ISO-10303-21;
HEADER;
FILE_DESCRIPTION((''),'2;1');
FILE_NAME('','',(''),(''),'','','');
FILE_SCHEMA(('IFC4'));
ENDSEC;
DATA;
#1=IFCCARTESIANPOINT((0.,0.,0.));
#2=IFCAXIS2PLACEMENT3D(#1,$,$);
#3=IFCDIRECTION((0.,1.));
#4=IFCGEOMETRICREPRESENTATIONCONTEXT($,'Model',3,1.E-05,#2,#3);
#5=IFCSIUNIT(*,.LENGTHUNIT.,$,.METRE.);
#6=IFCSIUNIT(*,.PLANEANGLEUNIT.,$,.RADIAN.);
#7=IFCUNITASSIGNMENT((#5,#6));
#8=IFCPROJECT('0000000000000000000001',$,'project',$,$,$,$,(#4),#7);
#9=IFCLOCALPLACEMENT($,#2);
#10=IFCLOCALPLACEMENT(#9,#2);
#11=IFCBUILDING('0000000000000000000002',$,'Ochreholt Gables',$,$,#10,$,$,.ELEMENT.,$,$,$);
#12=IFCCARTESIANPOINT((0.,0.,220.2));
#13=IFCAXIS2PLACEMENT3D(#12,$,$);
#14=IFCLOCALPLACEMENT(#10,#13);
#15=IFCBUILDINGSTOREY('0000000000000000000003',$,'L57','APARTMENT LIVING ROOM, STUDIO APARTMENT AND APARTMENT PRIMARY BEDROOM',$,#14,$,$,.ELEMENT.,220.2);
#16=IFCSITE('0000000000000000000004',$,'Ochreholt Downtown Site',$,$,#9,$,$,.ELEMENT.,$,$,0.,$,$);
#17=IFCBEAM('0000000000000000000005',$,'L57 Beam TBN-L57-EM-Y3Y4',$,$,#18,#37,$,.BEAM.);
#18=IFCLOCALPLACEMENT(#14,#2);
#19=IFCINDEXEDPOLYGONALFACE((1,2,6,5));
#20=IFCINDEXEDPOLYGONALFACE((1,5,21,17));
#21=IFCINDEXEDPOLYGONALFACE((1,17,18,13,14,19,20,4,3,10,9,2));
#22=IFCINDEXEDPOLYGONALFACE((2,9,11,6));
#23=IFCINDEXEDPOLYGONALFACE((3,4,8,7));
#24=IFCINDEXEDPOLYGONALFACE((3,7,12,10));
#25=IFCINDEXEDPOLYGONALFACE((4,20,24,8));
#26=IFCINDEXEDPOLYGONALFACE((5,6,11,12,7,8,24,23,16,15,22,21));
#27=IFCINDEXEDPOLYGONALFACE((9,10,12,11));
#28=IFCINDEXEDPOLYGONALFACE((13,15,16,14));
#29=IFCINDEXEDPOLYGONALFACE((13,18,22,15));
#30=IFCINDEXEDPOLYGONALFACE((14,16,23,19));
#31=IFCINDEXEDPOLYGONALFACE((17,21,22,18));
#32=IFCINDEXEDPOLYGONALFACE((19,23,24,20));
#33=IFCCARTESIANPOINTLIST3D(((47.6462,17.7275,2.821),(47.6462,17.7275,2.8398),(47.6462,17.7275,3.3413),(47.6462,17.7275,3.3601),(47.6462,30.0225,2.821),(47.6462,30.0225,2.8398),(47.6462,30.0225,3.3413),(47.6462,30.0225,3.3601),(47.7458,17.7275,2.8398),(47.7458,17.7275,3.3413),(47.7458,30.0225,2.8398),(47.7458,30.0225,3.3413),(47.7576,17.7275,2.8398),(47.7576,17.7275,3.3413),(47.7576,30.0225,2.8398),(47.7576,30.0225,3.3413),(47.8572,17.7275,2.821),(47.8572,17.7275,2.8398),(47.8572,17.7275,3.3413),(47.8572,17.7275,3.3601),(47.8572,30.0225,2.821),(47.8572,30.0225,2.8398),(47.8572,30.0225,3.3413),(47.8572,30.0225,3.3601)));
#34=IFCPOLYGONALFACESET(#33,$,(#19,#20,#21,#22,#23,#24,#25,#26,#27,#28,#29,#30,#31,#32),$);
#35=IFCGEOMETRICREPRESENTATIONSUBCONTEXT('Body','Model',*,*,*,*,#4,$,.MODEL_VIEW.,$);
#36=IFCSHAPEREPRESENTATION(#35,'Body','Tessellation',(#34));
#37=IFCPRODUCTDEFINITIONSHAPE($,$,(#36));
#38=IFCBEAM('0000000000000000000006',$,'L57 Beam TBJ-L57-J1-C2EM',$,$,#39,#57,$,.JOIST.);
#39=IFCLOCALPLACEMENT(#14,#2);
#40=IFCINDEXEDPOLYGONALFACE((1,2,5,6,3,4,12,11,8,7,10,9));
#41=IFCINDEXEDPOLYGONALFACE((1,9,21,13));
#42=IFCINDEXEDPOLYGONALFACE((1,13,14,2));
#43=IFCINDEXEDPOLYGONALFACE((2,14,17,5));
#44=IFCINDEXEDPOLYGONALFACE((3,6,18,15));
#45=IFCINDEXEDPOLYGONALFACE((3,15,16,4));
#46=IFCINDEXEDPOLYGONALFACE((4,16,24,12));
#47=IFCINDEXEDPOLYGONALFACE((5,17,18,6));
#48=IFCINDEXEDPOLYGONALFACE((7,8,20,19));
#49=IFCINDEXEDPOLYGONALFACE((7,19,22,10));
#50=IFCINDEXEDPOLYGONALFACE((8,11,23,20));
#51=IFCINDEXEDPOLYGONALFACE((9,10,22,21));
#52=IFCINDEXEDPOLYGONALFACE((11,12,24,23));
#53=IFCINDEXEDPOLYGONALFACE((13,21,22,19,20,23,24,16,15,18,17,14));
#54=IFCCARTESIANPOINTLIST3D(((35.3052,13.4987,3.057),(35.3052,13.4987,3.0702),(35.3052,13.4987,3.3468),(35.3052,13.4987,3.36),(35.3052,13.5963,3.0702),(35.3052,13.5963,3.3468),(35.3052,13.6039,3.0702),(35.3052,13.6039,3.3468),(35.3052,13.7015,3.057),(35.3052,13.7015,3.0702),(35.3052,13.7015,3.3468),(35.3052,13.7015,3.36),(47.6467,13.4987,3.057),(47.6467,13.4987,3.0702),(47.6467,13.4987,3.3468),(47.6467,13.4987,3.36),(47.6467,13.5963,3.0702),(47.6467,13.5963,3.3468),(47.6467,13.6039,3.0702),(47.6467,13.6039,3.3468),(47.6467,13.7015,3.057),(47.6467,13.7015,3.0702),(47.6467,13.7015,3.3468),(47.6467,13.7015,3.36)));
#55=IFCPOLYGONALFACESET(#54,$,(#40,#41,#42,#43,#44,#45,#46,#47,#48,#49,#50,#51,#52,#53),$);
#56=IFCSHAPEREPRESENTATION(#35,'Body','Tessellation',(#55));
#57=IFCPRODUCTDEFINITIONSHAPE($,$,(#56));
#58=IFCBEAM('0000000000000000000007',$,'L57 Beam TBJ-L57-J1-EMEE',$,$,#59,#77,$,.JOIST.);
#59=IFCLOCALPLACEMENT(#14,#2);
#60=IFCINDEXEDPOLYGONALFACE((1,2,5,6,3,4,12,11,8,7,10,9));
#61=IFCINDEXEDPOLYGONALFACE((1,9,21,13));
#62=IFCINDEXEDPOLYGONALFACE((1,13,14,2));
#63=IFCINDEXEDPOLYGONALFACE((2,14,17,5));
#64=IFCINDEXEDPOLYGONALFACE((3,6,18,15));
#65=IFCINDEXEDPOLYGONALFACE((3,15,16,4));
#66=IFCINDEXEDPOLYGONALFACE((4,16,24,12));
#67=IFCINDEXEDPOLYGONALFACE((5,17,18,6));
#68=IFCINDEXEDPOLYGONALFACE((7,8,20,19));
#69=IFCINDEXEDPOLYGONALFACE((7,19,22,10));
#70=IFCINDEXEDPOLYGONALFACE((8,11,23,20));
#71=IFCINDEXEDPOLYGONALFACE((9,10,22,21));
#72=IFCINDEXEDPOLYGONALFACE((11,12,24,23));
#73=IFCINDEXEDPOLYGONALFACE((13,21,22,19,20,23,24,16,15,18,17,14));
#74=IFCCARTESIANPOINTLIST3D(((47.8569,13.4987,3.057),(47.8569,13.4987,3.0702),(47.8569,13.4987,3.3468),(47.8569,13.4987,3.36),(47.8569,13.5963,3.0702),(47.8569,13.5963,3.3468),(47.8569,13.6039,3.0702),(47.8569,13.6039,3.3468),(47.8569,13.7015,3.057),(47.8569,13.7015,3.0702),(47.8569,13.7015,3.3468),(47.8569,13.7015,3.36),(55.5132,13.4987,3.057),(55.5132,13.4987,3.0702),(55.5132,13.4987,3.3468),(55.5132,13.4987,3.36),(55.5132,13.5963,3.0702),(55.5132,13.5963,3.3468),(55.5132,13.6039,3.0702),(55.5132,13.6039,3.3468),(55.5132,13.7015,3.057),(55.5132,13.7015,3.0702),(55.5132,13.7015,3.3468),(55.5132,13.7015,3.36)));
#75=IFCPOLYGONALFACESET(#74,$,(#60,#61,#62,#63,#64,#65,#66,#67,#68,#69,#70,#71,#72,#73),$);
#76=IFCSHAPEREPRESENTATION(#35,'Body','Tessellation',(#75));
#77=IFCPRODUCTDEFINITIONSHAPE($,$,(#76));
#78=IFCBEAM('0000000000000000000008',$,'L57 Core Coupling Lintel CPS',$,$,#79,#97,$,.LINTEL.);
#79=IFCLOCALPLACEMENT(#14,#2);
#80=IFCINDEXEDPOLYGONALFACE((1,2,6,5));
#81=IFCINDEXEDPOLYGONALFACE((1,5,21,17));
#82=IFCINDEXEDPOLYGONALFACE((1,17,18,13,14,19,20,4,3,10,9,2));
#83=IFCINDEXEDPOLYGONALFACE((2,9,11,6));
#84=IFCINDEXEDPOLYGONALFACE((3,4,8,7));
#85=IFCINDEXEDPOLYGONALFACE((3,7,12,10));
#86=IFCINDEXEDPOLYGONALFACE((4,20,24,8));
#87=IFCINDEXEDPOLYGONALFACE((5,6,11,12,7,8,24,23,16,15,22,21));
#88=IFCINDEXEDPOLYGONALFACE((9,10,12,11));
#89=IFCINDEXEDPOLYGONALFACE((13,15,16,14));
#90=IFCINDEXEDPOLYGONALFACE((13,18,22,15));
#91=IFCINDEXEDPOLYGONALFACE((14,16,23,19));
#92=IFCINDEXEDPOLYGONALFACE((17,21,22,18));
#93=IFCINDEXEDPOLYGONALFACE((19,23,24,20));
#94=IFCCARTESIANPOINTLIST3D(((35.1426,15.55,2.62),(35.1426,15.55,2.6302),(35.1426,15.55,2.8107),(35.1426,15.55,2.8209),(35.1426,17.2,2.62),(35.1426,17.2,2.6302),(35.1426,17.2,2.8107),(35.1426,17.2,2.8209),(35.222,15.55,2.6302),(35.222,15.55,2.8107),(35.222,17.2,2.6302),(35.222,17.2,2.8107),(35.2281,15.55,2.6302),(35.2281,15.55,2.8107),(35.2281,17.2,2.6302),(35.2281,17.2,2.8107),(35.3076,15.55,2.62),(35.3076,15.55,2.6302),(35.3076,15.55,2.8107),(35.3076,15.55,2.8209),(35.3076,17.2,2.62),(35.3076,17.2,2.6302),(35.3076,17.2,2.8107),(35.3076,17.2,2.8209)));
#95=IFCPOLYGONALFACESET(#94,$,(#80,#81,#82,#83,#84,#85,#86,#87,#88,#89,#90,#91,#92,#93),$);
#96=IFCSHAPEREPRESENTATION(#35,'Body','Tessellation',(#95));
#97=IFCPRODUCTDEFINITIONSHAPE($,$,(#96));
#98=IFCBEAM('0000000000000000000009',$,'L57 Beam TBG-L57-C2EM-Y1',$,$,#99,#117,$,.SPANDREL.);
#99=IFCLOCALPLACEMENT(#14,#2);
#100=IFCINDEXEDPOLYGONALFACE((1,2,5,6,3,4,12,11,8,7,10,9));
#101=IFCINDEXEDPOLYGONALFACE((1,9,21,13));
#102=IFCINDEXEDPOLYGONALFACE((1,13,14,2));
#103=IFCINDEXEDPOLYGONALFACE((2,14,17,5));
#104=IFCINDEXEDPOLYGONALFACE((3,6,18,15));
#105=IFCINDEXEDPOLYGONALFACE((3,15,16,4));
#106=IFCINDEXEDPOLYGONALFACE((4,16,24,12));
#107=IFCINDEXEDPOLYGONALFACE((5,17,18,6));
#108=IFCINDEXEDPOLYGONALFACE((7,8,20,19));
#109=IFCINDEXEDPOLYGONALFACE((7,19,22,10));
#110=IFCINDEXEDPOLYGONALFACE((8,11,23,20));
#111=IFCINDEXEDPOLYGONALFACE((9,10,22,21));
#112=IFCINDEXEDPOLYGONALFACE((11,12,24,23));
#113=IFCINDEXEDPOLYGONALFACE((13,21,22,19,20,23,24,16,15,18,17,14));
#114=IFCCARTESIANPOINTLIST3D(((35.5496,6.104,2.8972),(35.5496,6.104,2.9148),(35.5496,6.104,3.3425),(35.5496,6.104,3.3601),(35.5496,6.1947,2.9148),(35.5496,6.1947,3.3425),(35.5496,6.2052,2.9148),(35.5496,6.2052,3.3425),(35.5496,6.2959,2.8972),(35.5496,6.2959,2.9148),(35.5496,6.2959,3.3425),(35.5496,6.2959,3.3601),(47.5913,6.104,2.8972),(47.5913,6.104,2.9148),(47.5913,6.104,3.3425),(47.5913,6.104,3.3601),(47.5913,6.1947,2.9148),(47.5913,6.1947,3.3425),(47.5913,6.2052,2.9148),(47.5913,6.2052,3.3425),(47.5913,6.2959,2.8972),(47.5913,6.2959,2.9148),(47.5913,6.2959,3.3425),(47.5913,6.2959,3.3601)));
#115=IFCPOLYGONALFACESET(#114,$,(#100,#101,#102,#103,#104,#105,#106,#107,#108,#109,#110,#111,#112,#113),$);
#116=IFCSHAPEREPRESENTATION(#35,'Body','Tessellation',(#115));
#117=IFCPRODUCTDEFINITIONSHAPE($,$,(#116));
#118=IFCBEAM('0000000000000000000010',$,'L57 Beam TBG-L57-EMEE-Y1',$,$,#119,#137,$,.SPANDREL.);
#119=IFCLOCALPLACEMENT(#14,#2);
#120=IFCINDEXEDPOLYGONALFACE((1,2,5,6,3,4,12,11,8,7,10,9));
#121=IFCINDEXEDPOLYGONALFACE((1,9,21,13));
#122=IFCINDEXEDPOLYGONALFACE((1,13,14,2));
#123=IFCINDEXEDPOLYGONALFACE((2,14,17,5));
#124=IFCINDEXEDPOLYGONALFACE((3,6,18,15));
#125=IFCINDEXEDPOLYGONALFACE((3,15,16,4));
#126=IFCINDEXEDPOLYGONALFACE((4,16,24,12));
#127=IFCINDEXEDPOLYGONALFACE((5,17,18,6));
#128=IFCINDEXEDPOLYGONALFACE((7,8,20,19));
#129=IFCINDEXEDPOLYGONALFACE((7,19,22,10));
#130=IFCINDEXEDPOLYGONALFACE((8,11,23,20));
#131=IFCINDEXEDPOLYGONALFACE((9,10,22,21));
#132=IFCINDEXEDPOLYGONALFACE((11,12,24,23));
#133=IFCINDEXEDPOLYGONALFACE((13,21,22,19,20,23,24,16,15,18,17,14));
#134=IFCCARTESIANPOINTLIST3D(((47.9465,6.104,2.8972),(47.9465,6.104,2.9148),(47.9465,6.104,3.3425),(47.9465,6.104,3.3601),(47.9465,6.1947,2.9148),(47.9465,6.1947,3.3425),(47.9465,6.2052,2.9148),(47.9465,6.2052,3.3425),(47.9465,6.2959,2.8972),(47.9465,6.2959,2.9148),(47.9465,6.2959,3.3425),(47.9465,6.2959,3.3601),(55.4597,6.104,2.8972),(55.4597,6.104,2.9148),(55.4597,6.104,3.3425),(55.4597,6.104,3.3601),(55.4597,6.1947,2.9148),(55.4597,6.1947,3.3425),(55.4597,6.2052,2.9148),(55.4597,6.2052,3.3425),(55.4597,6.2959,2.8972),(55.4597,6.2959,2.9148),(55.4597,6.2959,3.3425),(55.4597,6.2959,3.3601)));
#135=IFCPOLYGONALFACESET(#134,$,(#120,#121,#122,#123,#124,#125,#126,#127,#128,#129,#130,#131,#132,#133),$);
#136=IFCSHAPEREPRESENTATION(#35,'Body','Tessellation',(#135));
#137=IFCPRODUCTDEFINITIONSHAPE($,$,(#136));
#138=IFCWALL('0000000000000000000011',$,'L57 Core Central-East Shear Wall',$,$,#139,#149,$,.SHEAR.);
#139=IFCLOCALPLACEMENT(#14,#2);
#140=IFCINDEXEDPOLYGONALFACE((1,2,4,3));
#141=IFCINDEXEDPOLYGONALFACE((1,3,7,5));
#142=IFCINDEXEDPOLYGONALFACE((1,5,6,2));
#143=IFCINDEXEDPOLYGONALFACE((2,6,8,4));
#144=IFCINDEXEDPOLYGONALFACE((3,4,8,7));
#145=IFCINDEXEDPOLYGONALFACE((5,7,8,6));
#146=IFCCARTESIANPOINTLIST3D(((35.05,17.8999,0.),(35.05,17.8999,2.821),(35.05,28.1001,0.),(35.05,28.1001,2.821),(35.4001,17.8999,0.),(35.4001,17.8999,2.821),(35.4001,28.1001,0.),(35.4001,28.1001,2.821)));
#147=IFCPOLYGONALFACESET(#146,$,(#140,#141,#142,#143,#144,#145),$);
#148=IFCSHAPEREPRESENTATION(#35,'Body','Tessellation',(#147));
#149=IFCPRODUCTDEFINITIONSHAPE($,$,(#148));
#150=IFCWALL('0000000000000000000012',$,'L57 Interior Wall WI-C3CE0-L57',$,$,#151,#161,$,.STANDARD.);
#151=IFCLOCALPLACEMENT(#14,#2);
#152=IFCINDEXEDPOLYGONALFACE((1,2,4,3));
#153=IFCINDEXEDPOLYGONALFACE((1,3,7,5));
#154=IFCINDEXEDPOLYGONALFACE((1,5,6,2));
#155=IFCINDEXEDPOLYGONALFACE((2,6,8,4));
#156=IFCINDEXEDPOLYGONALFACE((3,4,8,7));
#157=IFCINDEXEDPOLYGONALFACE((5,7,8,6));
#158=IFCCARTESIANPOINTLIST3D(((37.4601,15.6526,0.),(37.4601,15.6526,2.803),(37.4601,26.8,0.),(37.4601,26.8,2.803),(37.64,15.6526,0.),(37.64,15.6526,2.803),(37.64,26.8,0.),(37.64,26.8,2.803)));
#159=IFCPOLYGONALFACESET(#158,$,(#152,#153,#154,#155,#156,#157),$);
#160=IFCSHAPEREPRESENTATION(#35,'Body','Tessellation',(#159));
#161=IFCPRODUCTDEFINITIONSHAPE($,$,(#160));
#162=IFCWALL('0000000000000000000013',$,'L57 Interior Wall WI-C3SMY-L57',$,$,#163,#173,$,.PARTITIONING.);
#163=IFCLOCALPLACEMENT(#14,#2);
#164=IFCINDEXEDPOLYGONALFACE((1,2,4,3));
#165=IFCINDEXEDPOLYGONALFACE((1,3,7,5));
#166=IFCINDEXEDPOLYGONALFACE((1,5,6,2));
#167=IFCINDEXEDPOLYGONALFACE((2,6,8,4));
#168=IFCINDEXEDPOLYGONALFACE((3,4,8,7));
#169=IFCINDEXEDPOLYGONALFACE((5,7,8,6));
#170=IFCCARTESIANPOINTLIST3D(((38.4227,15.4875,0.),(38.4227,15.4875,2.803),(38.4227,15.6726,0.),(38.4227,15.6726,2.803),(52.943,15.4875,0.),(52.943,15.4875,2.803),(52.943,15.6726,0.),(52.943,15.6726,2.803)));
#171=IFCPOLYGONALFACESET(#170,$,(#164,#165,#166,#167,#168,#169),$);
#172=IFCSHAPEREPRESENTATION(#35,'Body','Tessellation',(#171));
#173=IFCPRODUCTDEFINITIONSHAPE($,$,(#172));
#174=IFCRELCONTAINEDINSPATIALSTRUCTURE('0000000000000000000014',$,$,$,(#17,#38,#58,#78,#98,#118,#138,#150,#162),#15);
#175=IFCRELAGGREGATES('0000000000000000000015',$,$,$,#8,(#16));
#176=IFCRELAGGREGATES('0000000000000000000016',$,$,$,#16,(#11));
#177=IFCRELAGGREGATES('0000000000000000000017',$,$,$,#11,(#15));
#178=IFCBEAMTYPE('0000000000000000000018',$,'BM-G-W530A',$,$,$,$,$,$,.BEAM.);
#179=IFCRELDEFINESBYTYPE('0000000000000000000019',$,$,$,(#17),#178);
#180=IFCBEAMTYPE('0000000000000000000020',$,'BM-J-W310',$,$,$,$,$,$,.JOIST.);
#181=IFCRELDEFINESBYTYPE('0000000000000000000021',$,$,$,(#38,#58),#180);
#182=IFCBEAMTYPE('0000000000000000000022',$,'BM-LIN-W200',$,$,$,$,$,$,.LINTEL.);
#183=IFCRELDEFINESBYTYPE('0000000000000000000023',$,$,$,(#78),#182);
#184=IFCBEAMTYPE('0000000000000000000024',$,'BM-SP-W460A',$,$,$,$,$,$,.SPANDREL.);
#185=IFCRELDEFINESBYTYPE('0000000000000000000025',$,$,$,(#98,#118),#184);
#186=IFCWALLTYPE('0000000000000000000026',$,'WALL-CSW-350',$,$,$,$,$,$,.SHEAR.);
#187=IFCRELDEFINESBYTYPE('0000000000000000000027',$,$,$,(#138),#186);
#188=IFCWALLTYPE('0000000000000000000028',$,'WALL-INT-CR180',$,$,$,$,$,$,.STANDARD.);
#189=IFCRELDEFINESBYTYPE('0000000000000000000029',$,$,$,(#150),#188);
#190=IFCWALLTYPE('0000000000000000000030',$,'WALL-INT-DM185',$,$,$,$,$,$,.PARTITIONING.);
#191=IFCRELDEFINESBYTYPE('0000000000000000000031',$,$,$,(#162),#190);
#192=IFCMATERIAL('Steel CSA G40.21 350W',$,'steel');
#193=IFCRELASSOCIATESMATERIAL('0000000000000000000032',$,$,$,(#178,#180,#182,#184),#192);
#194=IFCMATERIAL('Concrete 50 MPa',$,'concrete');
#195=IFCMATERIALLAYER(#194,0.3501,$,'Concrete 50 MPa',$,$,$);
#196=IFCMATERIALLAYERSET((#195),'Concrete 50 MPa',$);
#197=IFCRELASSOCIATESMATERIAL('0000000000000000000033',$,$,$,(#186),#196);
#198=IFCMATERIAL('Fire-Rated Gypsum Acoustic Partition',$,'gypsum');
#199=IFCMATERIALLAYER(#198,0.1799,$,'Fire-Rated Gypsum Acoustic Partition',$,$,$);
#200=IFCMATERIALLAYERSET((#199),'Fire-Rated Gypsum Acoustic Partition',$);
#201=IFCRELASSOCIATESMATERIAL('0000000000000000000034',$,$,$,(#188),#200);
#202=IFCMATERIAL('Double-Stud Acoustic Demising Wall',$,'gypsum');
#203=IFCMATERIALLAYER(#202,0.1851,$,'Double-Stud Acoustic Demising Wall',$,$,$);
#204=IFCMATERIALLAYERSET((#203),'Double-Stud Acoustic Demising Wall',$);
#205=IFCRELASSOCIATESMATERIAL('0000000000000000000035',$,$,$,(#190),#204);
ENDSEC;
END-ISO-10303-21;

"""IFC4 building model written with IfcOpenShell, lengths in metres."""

from ifc_helpers import new_model, si_unit, direction, frame, frame_2d, origin, origin_2d, place, context, subcontext, project, spatial, rectangle, i_section, extrude, material, layer, layer_set, material_profile, profile_set, type_object, element, save


model = new_model("IFC4")

# Units and contexts
model_context = context("Model", 3, precision=1e-05, world=origin(), true_north=direction((0.0, 1.0)))
body_context = subcontext(model_context, "Body", "Model", "MODEL_VIEW")
ifc_project = project(units=[si_unit("LENGTHUNIT", "METRE"), si_unit("PLANEANGLEUNIT", "RADIAN")], contexts=[model_context])

# Site, building, storey
site_placement = place(None, origin())
site = spatial("IfcSite", under=ifc_project, at=site_placement, Name="Ochreholt Downtown Site", CompositionType="ELEMENT", RefElevation=0.0)
building_placement = place(site_placement, origin())
building = spatial("IfcBuilding", under=site, at=building_placement, Name="Ochreholt Gables", CompositionType="ELEMENT")
storey_placement = place(building_placement, frame((0.0, 0.0, 220.2)))
storey = spatial("IfcBuildingStorey", under=building, at=storey_placement, Name="L57", Description="APARTMENT LIVING ROOM, STUDIO APARTMENT AND APARTMENT PRIMARY BEDROOM", CompositionType="ELEMENT", Elevation=220.2)

# Shared definitions
ifc_material_1 = material(Name="Steel CSA G40.21 350W", Category="steel")

# Beams
ifc_material_profile_1 = material_profile(ifc_material_1, i_section(OverallWidth=0.2109, OverallDepth=0.5391, WebThickness=0.0117, FlangeThickness=0.0188, at=origin_2d()), Name="W530X109")
ifc_profile_set_1 = profile_set([ifc_material_profile_1], Name="Steel CSA G40.21 350W")
beam_type_1 = type_object("IfcBeamType", Name="BM-G-W530A", PredefinedType="BEAM", material=ifc_profile_set_1)
beam_1_placement = place(storey_placement, frame((47.7517, 17.7275, 3.0906), z_axis=(0.0, 1.0, 0.0), x_axis=(-1.0, 0.0, 0.0)))
element("IfcBeam", 1, at=beam_1_placement, inside=storey, type_object=beam_type_1, Name="L57 Beam TBN-L57-EM-Y3Y4", PredefinedType="BEAM", context=body_context, shape_type="SweptSolid", body=[
    extrude(i_section(OverallWidth=0.2109, OverallDepth=0.5391, WebThickness=0.0117, FlangeThickness=0.0188, at=origin_2d()), origin(), (0.0, 0.0, 1.0), 12.2949),
])
ifc_material_profile_2 = material_profile(ifc_material_1, i_section(OverallWidth=0.2029, OverallDepth=0.303, WebThickness=0.0076, FlangeThickness=0.0132, at=origin_2d()), Name="W310X60")
ifc_profile_set_2 = profile_set([ifc_material_profile_2], Name="Steel CSA G40.21 350W")
beam_type_2 = type_object("IfcBeamType", Name="BM-J-W310", PredefinedType="JOIST", material=ifc_profile_set_2)
beam_2_placement = place(storey_placement, frame((35.3052, 13.6001, 3.2085), z_axis=(1.0, 0.0, 0.0), x_axis=(0.0, 1.0, 0.0)))
element("IfcBeam", 2, at=beam_2_placement, inside=storey, type_object=beam_type_2, Name="L57 Beam TBJ-L57-J1-C2EM", PredefinedType="JOIST", context=body_context, shape_type="SweptSolid", body=[
    extrude(i_section(OverallWidth=0.2029, OverallDepth=0.303, WebThickness=0.0076, FlangeThickness=0.0132, at=origin_2d()), origin(), (0.0, 0.0, 1.0), 12.3416),
])
beam_3_placement = place(storey_placement, frame((47.8569, 13.6001, 3.2085), z_axis=(1.0, 0.0, 0.0), x_axis=(0.0, 1.0, 0.0)))
element("IfcBeam", 3, at=beam_3_placement, inside=storey, type_object=beam_type_2, Name="L57 Beam TBJ-L57-J1-EMEE", PredefinedType="JOIST", context=body_context, shape_type="SweptSolid", body=[
    extrude(i_section(OverallWidth=0.2029, OverallDepth=0.303, WebThickness=0.0076, FlangeThickness=0.0132, at=origin_2d()), origin(), (0.0, 0.0, 1.0), 7.6562),
])
ifc_material_profile_3 = material_profile(ifc_material_1, i_section(OverallWidth=0.165, OverallDepth=0.2009, WebThickness=0.0061, FlangeThickness=0.0103, at=origin_2d()), Name="W200X36")
ifc_profile_set_3 = profile_set([ifc_material_profile_3], Name="Steel CSA G40.21 350W")
beam_type_3 = type_object("IfcBeamType", Name="BM-LIN-W200", PredefinedType="LINTEL", material=ifc_profile_set_3)
beam_4_placement = place(storey_placement, frame((35.2251, 15.55, 2.7205), z_axis=(0.0, 1.0, 0.0), x_axis=(-1.0, 0.0, 0.0)))
element("IfcBeam", 4, at=beam_4_placement, inside=storey, type_object=beam_type_3, Name="L57 Core Coupling Lintel CPS", PredefinedType="LINTEL", context=body_context, shape_type="SweptSolid", body=[
    extrude(i_section(OverallWidth=0.165, OverallDepth=0.2009, WebThickness=0.0061, FlangeThickness=0.0103, at=origin_2d()), origin(), (0.0, 0.0, 1.0), 1.6499),
])
ifc_material_profile_4 = material_profile(ifc_material_1, i_section(OverallWidth=0.1919, OverallDepth=0.4629, WebThickness=0.0105, FlangeThickness=0.0176, at=origin_2d()), Name="W460X89")
ifc_profile_set_4 = profile_set([ifc_material_profile_4], Name="Steel CSA G40.21 350W")
beam_type_4 = type_object("IfcBeamType", Name="BM-SP-W460A", PredefinedType="SPANDREL", material=ifc_profile_set_4)
beam_5_placement = place(storey_placement, frame((35.5496, 6.2, 3.1287), z_axis=(1.0, 0.0, 0.0), x_axis=(0.0, 1.0, 0.0)))
element("IfcBeam", 5, at=beam_5_placement, inside=storey, type_object=beam_type_4, Name="L57 Beam TBG-L57-C2EM-Y1", PredefinedType="SPANDREL", context=body_context, shape_type="SweptSolid", body=[
    extrude(i_section(OverallWidth=0.1919, OverallDepth=0.4629, WebThickness=0.0105, FlangeThickness=0.0176, at=origin_2d()), origin(), (0.0, 0.0, 1.0), 12.0417),
])
beam_6_placement = place(storey_placement, frame((47.9465, 6.2, 3.1287), z_axis=(1.0, 0.0, 0.0), x_axis=(0.0, 1.0, 0.0)))
element("IfcBeam", 6, at=beam_6_placement, inside=storey, type_object=beam_type_4, Name="L57 Beam TBG-L57-EMEE-Y1", PredefinedType="SPANDREL", context=body_context, shape_type="SweptSolid", body=[
    extrude(i_section(OverallWidth=0.1919, OverallDepth=0.4629, WebThickness=0.0105, FlangeThickness=0.0176, at=origin_2d()), origin(), (0.0, 0.0, 1.0), 7.5132),
])

# Walls
ifc_material_2 = material(Name="Concrete 50 MPa", Category="concrete")
ifc_layer_1 = layer(ifc_material_2, 0.3501, Name="Concrete 50 MPa")
ifc_layer_set_1 = layer_set([ifc_layer_1], Name="Concrete 50 MPa")
wall_type_1 = type_object("IfcWallType", Name="WALL-CSW-350", PredefinedType="SHEAR", material=ifc_layer_set_1)
wall_1_placement = place(storey_placement, frame((35.2251, 17.8999, 0.0), z_axis=(0.0, 0.0, 1.0), x_axis=(0.0, 1.0, 0.0)))
element("IfcWall", 7, at=wall_1_placement, inside=storey, type_object=wall_type_1, Name="L57 Core Central-East Shear Wall", PredefinedType="SHEAR", context=body_context, shape_type="SweptSolid", body=[
    extrude(rectangle(XDim=10.2002, YDim=0.3501, at=frame_2d((5.1001, 0.0))), origin(), (0.0, 0.0, 1.0), 2.821),
])
ifc_material_3 = material(Name="Fire-Rated Gypsum Acoustic Partition", Category="gypsum")
ifc_layer_2 = layer(ifc_material_3, 0.1799, Name="Fire-Rated Gypsum Acoustic Partition")
ifc_layer_set_2 = layer_set([ifc_layer_2], Name="Fire-Rated Gypsum Acoustic Partition")
wall_type_2 = type_object("IfcWallType", Name="WALL-INT-CR180", PredefinedType="STANDARD", material=ifc_layer_set_2)
wall_2_placement = place(storey_placement, frame((37.55, 15.6526, 0.0), z_axis=(0.0, 0.0, 1.0), x_axis=(0.0, 1.0, 0.0)))
element("IfcWall", 8, at=wall_2_placement, inside=storey, type_object=wall_type_2, Name="L57 Interior Wall WI-C3CE0-L57", PredefinedType="STANDARD", context=body_context, shape_type="SweptSolid", body=[
    extrude(rectangle(XDim=11.1475, YDim=0.1799, at=frame_2d((5.5737, 0.0))), origin(), (0.0, 0.0, 1.0), 2.803),
])
ifc_material_4 = material(Name="Double-Stud Acoustic Demising Wall", Category="gypsum")
ifc_layer_3 = layer(ifc_material_4, 0.1851, Name="Double-Stud Acoustic Demising Wall")
ifc_layer_set_3 = layer_set([ifc_layer_3], Name="Double-Stud Acoustic Demising Wall")
wall_type_3 = type_object("IfcWallType", Name="WALL-INT-DM185", PredefinedType="PARTITIONING", material=ifc_layer_set_3)
wall_3_placement = place(storey_placement, frame((38.4226, 15.5801, 0.0), z_axis=(0.0, 0.0, 1.0), x_axis=(1.0, 0.0, 0.0)))
element("IfcWall", 9, at=wall_3_placement, inside=storey, type_object=wall_type_3, Name="L57 Interior Wall WI-C3SMY-L57", PredefinedType="PARTITIONING", context=body_context, shape_type="SweptSolid", body=[
    extrude(rectangle(XDim=14.5203, YDim=0.1851, at=frame_2d((7.2603, 0.0))), origin(), (0.0, 0.0, 1.0), 2.803),
])

save(model, "model.ifc")
